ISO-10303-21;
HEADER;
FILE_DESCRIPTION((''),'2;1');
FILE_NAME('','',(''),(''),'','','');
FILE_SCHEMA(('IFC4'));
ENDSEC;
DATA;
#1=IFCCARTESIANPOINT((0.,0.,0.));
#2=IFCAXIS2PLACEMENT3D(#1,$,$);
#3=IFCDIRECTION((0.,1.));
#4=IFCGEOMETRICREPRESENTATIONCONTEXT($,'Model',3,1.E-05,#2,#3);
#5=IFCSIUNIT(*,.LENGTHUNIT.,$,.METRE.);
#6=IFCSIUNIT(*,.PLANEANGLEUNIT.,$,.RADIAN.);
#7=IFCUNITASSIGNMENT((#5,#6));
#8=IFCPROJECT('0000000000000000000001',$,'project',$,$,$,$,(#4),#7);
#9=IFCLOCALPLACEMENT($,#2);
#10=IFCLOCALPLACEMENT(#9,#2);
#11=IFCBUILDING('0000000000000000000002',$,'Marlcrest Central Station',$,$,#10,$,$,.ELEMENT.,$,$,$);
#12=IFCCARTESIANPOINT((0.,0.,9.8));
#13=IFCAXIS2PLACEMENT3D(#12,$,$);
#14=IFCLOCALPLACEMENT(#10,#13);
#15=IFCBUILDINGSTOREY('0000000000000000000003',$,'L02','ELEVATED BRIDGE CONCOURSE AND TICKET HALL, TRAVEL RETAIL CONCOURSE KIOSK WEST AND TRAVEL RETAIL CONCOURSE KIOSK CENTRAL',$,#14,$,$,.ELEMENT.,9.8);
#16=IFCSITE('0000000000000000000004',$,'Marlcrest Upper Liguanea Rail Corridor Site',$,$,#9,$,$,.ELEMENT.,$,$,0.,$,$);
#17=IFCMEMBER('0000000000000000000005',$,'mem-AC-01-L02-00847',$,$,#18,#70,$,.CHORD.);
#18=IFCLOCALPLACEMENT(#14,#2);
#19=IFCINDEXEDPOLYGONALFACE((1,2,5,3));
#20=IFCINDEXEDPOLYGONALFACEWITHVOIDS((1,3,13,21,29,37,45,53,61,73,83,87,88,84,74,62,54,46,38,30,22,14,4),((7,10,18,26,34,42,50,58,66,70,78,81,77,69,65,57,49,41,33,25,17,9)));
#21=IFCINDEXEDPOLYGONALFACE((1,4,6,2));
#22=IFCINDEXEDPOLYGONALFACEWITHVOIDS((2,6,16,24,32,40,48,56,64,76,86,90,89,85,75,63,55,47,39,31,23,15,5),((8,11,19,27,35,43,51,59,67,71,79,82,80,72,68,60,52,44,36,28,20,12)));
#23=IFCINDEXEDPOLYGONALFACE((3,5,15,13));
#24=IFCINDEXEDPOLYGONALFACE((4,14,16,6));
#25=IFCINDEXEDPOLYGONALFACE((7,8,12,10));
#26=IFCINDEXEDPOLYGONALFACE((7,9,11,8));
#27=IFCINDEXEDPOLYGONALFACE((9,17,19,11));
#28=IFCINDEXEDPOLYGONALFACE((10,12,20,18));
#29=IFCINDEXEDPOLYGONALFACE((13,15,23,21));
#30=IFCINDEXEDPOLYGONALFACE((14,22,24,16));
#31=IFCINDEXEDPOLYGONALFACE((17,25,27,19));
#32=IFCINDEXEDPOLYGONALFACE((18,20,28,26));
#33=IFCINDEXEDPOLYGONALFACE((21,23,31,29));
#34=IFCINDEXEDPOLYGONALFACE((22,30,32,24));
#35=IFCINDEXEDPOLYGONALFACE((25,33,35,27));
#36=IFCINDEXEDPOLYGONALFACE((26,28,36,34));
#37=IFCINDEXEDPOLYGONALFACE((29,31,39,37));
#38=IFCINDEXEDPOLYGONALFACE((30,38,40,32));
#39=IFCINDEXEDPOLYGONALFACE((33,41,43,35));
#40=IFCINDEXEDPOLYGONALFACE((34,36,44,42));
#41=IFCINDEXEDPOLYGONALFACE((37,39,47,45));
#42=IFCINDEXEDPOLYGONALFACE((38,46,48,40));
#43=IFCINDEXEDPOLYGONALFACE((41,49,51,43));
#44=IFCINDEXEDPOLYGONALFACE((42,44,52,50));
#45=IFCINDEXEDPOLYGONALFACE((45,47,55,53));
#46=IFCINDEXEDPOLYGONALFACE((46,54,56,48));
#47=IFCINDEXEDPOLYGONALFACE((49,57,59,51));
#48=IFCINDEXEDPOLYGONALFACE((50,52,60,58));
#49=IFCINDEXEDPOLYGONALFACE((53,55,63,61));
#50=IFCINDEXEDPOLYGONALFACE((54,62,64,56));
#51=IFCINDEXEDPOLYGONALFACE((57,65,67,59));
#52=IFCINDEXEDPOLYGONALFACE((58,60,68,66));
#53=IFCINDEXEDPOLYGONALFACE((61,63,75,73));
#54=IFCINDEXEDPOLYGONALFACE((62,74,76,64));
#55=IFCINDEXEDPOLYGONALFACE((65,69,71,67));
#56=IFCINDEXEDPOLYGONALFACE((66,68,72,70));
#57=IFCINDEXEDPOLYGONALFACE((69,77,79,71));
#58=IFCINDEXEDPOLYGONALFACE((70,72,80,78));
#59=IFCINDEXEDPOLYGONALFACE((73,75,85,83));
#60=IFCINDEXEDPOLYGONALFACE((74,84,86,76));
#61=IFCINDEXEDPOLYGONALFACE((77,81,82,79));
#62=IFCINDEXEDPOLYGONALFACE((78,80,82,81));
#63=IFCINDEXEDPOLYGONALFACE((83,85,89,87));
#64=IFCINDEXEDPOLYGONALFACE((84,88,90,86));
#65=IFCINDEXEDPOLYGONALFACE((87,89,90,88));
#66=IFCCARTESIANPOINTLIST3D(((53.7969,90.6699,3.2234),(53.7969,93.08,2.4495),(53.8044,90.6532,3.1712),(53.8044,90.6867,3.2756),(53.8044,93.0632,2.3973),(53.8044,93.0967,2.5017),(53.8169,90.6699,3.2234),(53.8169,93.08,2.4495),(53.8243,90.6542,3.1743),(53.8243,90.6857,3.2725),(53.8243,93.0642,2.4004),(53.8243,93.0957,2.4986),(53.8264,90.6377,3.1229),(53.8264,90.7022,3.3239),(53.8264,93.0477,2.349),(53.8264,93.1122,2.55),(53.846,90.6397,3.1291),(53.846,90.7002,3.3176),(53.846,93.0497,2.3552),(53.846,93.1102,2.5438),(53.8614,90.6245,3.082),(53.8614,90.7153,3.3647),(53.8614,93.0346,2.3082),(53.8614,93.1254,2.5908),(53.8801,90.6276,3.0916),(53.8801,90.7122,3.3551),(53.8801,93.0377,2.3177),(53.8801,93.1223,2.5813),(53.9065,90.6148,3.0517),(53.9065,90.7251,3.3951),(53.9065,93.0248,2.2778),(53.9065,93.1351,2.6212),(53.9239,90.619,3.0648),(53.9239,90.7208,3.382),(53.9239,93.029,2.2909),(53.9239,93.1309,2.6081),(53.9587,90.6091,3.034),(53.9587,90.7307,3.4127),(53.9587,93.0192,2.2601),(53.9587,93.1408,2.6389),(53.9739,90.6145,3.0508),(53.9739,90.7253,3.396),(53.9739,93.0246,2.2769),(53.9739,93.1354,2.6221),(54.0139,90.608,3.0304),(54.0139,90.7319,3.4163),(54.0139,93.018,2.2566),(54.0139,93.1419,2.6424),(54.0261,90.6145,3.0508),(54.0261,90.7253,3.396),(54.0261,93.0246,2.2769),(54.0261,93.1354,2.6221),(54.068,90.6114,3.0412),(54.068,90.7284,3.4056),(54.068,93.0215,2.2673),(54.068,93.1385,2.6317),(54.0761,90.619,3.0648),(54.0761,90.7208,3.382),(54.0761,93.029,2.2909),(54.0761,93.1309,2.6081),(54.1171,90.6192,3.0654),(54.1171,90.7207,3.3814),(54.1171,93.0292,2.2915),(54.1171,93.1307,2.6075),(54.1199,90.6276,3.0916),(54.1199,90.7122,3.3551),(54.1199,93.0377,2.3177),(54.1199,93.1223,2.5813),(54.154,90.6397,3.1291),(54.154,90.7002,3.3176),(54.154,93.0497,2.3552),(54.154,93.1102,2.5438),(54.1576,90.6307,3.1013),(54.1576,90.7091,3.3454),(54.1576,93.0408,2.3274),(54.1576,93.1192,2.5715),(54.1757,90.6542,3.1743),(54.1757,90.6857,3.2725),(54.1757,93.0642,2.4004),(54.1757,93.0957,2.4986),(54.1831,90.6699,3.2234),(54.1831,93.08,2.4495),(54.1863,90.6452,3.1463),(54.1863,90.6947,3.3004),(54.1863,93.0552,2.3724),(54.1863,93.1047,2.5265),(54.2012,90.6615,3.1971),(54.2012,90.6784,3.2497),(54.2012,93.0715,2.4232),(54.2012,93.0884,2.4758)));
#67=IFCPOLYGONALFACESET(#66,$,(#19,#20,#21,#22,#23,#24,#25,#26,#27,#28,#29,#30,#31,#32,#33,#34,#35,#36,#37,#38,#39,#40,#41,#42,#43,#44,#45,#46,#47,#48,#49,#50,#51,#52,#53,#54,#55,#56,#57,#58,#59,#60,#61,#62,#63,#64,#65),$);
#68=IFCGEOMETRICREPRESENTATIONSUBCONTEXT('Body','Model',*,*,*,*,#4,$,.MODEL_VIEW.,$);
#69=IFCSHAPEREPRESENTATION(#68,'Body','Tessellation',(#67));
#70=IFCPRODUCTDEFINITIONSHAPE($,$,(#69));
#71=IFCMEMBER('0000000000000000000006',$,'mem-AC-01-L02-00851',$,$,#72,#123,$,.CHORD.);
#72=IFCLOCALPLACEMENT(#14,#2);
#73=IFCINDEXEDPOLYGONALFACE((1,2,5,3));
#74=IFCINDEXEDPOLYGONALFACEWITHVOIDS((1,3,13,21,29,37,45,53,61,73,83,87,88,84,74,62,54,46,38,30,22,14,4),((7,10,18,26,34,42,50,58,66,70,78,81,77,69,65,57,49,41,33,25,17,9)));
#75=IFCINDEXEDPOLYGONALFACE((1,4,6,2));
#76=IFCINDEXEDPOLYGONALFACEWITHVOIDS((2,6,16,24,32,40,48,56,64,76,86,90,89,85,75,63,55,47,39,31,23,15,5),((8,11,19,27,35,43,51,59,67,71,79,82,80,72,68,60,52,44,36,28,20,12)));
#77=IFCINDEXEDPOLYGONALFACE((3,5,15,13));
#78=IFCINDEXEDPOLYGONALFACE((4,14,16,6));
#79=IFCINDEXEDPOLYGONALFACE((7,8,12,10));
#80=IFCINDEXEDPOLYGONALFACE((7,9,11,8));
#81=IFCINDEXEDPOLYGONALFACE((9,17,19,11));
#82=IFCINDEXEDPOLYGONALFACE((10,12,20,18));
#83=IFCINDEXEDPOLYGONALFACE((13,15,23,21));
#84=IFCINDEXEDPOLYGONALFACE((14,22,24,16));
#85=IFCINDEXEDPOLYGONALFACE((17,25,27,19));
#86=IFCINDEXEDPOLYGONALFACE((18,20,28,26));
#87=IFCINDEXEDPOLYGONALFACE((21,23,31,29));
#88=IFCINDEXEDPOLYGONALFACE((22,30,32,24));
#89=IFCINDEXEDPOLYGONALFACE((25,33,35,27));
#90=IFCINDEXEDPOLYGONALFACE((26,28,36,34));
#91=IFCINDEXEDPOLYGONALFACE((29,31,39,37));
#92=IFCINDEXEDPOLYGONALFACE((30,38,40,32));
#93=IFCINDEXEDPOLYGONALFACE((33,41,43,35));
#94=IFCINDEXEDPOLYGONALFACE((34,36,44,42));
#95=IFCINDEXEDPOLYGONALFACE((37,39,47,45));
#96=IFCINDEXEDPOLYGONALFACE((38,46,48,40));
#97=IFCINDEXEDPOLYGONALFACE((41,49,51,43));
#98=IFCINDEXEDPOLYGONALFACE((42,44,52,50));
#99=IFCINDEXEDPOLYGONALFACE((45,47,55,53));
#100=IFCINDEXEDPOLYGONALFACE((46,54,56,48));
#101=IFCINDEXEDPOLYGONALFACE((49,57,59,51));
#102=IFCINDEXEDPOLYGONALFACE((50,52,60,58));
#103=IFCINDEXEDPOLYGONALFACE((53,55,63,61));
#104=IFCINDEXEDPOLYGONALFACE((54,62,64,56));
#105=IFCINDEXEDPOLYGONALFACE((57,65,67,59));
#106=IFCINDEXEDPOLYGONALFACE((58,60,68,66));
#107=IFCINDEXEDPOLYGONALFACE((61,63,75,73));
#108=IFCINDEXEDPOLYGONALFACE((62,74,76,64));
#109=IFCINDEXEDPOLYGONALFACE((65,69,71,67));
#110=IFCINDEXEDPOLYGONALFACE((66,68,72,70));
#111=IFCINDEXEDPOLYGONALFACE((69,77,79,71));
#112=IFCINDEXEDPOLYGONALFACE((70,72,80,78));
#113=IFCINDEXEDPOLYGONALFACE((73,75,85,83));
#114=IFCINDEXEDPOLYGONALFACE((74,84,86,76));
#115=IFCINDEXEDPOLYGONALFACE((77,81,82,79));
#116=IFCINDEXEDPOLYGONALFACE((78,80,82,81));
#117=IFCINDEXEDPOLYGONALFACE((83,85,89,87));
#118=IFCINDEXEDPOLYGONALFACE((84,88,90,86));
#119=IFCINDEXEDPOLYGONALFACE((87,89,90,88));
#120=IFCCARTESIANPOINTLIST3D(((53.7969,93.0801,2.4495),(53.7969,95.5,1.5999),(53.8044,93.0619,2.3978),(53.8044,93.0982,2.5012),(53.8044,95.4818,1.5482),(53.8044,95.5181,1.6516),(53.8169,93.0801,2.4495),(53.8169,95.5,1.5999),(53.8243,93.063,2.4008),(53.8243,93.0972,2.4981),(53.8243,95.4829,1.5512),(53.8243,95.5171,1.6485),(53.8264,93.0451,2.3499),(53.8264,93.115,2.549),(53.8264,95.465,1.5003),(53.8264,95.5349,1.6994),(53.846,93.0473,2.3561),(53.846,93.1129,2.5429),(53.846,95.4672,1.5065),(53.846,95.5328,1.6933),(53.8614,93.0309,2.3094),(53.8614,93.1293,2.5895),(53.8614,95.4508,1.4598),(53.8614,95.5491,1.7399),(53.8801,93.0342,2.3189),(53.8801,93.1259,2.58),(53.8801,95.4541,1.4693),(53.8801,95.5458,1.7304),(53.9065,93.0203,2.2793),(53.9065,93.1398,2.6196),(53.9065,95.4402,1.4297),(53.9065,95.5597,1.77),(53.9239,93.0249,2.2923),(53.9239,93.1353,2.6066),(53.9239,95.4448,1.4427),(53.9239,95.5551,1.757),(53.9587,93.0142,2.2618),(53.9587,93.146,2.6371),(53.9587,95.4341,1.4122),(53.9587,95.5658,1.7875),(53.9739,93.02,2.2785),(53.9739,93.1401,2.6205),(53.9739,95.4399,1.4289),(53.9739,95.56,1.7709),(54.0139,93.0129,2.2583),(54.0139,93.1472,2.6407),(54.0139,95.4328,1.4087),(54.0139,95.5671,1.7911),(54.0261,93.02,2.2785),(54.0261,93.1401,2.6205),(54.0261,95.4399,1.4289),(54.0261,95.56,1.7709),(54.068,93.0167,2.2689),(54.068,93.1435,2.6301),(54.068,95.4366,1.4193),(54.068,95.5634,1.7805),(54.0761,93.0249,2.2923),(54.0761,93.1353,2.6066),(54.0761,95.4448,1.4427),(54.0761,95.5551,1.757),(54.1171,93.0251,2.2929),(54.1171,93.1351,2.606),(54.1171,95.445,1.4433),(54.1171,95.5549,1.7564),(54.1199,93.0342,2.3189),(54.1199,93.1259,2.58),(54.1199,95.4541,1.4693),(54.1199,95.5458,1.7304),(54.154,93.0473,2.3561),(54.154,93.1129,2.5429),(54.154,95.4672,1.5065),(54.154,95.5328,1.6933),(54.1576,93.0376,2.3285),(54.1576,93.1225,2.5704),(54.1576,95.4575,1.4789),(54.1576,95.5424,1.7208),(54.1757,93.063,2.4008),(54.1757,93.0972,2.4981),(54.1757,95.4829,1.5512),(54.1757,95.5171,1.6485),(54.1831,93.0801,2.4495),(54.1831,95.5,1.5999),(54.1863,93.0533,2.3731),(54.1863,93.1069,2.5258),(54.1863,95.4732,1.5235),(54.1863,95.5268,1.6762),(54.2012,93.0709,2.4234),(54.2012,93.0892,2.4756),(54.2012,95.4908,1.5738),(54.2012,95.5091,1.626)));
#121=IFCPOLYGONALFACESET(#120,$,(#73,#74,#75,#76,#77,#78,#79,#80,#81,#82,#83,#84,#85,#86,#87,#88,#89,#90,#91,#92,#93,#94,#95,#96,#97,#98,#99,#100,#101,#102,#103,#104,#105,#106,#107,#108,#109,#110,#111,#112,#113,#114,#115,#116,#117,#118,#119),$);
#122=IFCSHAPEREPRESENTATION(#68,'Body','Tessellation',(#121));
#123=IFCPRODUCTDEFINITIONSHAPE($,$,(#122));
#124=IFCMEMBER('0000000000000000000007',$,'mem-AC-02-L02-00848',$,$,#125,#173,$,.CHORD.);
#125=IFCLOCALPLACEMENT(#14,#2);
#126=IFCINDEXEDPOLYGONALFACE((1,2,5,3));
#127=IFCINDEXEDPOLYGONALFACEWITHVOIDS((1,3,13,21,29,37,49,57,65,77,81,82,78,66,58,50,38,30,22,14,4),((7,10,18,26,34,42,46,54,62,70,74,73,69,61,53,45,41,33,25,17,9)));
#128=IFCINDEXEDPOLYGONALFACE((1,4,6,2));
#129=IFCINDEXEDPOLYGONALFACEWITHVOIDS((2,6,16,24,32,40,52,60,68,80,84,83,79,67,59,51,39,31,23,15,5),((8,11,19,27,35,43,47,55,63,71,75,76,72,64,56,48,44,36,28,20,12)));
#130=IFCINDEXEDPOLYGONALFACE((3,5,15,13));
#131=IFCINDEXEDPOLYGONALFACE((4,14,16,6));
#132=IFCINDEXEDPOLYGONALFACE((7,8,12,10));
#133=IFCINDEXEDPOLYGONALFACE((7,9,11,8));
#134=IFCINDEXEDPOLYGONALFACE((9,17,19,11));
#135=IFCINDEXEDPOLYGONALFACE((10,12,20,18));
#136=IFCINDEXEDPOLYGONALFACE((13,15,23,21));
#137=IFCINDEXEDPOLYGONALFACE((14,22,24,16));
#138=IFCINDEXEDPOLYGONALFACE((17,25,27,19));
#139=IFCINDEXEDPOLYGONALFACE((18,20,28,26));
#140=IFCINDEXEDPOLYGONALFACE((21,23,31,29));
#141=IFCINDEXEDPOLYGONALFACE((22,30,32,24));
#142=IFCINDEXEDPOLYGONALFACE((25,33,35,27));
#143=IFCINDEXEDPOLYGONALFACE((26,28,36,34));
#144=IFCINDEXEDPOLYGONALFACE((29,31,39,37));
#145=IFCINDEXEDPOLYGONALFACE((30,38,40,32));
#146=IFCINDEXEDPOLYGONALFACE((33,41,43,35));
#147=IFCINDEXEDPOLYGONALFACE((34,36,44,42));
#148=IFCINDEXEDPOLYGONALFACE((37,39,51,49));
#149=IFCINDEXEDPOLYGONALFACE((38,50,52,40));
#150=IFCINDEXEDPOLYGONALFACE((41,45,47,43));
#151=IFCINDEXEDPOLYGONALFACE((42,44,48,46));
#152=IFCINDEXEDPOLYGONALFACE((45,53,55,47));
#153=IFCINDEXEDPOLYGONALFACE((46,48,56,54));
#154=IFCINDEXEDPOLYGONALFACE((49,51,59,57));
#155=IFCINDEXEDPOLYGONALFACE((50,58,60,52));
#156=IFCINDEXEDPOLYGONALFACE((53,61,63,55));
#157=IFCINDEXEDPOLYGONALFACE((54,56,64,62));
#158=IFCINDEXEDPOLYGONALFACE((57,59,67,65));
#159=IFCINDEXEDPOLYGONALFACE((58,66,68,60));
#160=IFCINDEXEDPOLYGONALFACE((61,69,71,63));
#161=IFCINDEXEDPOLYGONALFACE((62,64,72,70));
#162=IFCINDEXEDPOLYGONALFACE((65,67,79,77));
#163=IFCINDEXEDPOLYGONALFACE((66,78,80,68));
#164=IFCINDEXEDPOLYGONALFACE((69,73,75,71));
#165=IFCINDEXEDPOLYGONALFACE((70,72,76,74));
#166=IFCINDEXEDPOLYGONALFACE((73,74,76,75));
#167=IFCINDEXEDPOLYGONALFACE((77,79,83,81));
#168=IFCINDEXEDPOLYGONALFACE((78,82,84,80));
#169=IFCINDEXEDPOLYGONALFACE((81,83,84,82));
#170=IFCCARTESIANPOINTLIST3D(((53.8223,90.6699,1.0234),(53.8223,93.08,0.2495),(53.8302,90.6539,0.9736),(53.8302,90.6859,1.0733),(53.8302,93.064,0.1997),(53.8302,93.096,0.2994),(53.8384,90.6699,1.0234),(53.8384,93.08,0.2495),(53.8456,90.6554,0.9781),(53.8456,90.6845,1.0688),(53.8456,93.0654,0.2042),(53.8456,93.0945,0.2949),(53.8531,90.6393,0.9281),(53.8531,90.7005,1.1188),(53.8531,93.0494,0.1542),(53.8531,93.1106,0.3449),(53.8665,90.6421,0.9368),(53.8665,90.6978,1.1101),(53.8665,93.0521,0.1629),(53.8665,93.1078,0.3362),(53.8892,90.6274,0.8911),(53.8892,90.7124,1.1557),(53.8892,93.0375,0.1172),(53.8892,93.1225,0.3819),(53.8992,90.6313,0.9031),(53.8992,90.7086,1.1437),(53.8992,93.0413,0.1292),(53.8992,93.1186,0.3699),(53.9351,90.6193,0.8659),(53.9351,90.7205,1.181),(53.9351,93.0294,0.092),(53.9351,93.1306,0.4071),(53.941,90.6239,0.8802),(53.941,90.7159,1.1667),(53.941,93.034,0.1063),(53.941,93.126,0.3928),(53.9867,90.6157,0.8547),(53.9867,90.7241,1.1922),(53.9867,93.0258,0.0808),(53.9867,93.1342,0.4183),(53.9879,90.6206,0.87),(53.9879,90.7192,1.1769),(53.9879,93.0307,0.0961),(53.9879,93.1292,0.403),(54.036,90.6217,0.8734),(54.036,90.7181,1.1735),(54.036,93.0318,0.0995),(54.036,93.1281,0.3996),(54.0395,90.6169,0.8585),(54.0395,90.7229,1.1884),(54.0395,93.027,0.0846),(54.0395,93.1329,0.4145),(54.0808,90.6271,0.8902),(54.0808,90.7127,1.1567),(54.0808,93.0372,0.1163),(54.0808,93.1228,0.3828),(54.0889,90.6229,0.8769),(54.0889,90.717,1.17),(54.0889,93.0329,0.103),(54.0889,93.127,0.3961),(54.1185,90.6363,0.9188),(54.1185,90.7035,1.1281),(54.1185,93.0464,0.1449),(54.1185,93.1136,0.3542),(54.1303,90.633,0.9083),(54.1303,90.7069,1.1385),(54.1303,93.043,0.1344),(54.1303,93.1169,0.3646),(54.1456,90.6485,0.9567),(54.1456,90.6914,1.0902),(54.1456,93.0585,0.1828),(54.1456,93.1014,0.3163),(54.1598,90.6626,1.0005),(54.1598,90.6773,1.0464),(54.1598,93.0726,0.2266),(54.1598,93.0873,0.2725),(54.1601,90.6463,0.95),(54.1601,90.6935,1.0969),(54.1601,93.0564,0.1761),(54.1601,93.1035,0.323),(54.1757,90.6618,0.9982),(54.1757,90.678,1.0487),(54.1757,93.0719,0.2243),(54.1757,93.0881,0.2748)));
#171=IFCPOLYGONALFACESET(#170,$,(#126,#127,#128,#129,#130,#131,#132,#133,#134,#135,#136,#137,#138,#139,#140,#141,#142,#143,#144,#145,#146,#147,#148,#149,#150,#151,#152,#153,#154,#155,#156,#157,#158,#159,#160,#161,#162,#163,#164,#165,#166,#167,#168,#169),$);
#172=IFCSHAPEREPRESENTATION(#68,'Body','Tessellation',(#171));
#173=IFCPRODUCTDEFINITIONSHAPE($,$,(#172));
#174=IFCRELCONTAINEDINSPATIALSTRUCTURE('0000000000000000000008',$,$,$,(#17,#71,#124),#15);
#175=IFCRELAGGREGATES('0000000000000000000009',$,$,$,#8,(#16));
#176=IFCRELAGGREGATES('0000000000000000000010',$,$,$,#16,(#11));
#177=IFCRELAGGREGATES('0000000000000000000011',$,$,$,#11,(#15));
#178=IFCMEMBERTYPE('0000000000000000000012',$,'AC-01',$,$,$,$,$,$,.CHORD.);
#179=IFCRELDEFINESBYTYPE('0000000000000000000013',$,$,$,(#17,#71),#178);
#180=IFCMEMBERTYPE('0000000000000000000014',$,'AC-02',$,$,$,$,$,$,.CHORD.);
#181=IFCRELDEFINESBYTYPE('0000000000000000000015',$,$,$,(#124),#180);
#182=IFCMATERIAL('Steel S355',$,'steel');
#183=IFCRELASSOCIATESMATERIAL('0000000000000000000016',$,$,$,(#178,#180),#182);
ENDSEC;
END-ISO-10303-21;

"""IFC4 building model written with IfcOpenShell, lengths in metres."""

from ifc_helpers import new_model, si_unit, direction, frame, origin, origin_2d, place, context, subcontext, project, spatial, hollow_circle, extrude, material, material_profile, profile_set, type_object, element, save


model = new_model("IFC4")

# Units and contexts
model_context = context("Model", 3, precision=1e-05, world=origin(), true_north=direction((0.0, 1.0)))
body_context = subcontext(model_context, "Body", "Model", "MODEL_VIEW")
ifc_project = project(units=[si_unit("LENGTHUNIT", "METRE"), si_unit("PLANEANGLEUNIT", "RADIAN")], contexts=[model_context])

# Site, building, storey
site_placement = place(None, origin())
site = spatial("IfcSite", under=ifc_project, at=site_placement, Name="Marlcrest Upper Liguanea Rail Corridor Site", CompositionType="ELEMENT", RefElevation=0.0)
building_placement = place(site_placement, origin())
building = spatial("IfcBuilding", under=site, at=building_placement, Name="Marlcrest Central Station", CompositionType="ELEMENT")
storey_placement = place(building_placement, frame((0.0, 0.0, 9.8)))
storey = spatial("IfcBuildingStorey", under=building, at=storey_placement, Name="L02", Description="ELEVATED BRIDGE CONCOURSE AND TICKET HALL, TRAVEL RETAIL CONCOURSE KIOSK WEST AND TRAVEL RETAIL CONCOURSE KIOSK CENTRAL", CompositionType="ELEMENT", Elevation=9.8)

# Members
ifc_material_1 = material(Name="Steel S355", Category="steel")
ifc_material_profile_1 = material_profile(ifc_material_1, hollow_circle(Radius=0.2031, WallThickness=0.02, at=origin_2d()), Name="CHS 406.4x20")
ifc_profile_set_1 = profile_set([ifc_material_profile_1], Name="Steel S355")
member_type_1 = type_object("IfcMemberType", Name="AC-01", PredefinedType="CHORD", material=ifc_profile_set_1)
member_1_placement = place(storey_placement, frame((54.0, 90.6699, 3.2234), z_axis=(0.0, 0.952117, -0.305734), x_axis=(-1.0, 0.0, 0.0)))
element("IfcMember", 1, at=member_1_placement, inside=storey, type_object=member_type_1, Name="mem-AC-01-L02-00847", PredefinedType="CHORD", context=body_context, shape_type="SweptSolid", body=[
    extrude(hollow_circle(Radius=0.2031, WallThickness=0.02, at=origin_2d()), origin(), (0.0, 0.0, 1.0), 2.5312),
])
member_2_placement = place(storey_placement, frame((54.0, 93.0801, 2.4495), z_axis=(0.0, 0.943537, -0.331266), x_axis=(-1.0, 0.0, 0.0)))
element("IfcMember", 2, at=member_2_placement, inside=storey, type_object=member_type_1, Name="mem-AC-01-L02-00851", PredefinedType="CHORD", context=body_context, shape_type="SweptSolid", body=[
    extrude(hollow_circle(Radius=0.2031, WallThickness=0.02, at=origin_2d()), origin(), (0.0, 0.0, 1.0), 2.5647),
])
ifc_material_profile_2 = material_profile(ifc_material_1, hollow_circle(Radius=0.1777, WallThickness=0.0161, at=origin_2d()), Name="CHS 355.6x16")
ifc_profile_set_2 = profile_set([ifc_material_profile_2], Name="Steel S355")
member_type_2 = type_object("IfcMemberType", Name="AC-02", PredefinedType="CHORD", material=ifc_profile_set_2)
member_3_placement = place(storey_placement, frame((54.0, 90.6699, 1.0234), z_axis=(0.0, 0.952117, -0.305734), x_axis=(-1.0, 0.0, 0.0)))
element("IfcMember", 3, at=member_3_placement, inside=storey, type_object=member_type_2, Name="mem-AC-02-L02-00848", PredefinedType="CHORD", context=body_context, shape_type="SweptSolid", body=[
    extrude(hollow_circle(Radius=0.1777, WallThickness=0.0161, at=origin_2d()), origin(), (0.0, 0.0, 1.0), 2.5312),
])

save(model, "model.ifc")
